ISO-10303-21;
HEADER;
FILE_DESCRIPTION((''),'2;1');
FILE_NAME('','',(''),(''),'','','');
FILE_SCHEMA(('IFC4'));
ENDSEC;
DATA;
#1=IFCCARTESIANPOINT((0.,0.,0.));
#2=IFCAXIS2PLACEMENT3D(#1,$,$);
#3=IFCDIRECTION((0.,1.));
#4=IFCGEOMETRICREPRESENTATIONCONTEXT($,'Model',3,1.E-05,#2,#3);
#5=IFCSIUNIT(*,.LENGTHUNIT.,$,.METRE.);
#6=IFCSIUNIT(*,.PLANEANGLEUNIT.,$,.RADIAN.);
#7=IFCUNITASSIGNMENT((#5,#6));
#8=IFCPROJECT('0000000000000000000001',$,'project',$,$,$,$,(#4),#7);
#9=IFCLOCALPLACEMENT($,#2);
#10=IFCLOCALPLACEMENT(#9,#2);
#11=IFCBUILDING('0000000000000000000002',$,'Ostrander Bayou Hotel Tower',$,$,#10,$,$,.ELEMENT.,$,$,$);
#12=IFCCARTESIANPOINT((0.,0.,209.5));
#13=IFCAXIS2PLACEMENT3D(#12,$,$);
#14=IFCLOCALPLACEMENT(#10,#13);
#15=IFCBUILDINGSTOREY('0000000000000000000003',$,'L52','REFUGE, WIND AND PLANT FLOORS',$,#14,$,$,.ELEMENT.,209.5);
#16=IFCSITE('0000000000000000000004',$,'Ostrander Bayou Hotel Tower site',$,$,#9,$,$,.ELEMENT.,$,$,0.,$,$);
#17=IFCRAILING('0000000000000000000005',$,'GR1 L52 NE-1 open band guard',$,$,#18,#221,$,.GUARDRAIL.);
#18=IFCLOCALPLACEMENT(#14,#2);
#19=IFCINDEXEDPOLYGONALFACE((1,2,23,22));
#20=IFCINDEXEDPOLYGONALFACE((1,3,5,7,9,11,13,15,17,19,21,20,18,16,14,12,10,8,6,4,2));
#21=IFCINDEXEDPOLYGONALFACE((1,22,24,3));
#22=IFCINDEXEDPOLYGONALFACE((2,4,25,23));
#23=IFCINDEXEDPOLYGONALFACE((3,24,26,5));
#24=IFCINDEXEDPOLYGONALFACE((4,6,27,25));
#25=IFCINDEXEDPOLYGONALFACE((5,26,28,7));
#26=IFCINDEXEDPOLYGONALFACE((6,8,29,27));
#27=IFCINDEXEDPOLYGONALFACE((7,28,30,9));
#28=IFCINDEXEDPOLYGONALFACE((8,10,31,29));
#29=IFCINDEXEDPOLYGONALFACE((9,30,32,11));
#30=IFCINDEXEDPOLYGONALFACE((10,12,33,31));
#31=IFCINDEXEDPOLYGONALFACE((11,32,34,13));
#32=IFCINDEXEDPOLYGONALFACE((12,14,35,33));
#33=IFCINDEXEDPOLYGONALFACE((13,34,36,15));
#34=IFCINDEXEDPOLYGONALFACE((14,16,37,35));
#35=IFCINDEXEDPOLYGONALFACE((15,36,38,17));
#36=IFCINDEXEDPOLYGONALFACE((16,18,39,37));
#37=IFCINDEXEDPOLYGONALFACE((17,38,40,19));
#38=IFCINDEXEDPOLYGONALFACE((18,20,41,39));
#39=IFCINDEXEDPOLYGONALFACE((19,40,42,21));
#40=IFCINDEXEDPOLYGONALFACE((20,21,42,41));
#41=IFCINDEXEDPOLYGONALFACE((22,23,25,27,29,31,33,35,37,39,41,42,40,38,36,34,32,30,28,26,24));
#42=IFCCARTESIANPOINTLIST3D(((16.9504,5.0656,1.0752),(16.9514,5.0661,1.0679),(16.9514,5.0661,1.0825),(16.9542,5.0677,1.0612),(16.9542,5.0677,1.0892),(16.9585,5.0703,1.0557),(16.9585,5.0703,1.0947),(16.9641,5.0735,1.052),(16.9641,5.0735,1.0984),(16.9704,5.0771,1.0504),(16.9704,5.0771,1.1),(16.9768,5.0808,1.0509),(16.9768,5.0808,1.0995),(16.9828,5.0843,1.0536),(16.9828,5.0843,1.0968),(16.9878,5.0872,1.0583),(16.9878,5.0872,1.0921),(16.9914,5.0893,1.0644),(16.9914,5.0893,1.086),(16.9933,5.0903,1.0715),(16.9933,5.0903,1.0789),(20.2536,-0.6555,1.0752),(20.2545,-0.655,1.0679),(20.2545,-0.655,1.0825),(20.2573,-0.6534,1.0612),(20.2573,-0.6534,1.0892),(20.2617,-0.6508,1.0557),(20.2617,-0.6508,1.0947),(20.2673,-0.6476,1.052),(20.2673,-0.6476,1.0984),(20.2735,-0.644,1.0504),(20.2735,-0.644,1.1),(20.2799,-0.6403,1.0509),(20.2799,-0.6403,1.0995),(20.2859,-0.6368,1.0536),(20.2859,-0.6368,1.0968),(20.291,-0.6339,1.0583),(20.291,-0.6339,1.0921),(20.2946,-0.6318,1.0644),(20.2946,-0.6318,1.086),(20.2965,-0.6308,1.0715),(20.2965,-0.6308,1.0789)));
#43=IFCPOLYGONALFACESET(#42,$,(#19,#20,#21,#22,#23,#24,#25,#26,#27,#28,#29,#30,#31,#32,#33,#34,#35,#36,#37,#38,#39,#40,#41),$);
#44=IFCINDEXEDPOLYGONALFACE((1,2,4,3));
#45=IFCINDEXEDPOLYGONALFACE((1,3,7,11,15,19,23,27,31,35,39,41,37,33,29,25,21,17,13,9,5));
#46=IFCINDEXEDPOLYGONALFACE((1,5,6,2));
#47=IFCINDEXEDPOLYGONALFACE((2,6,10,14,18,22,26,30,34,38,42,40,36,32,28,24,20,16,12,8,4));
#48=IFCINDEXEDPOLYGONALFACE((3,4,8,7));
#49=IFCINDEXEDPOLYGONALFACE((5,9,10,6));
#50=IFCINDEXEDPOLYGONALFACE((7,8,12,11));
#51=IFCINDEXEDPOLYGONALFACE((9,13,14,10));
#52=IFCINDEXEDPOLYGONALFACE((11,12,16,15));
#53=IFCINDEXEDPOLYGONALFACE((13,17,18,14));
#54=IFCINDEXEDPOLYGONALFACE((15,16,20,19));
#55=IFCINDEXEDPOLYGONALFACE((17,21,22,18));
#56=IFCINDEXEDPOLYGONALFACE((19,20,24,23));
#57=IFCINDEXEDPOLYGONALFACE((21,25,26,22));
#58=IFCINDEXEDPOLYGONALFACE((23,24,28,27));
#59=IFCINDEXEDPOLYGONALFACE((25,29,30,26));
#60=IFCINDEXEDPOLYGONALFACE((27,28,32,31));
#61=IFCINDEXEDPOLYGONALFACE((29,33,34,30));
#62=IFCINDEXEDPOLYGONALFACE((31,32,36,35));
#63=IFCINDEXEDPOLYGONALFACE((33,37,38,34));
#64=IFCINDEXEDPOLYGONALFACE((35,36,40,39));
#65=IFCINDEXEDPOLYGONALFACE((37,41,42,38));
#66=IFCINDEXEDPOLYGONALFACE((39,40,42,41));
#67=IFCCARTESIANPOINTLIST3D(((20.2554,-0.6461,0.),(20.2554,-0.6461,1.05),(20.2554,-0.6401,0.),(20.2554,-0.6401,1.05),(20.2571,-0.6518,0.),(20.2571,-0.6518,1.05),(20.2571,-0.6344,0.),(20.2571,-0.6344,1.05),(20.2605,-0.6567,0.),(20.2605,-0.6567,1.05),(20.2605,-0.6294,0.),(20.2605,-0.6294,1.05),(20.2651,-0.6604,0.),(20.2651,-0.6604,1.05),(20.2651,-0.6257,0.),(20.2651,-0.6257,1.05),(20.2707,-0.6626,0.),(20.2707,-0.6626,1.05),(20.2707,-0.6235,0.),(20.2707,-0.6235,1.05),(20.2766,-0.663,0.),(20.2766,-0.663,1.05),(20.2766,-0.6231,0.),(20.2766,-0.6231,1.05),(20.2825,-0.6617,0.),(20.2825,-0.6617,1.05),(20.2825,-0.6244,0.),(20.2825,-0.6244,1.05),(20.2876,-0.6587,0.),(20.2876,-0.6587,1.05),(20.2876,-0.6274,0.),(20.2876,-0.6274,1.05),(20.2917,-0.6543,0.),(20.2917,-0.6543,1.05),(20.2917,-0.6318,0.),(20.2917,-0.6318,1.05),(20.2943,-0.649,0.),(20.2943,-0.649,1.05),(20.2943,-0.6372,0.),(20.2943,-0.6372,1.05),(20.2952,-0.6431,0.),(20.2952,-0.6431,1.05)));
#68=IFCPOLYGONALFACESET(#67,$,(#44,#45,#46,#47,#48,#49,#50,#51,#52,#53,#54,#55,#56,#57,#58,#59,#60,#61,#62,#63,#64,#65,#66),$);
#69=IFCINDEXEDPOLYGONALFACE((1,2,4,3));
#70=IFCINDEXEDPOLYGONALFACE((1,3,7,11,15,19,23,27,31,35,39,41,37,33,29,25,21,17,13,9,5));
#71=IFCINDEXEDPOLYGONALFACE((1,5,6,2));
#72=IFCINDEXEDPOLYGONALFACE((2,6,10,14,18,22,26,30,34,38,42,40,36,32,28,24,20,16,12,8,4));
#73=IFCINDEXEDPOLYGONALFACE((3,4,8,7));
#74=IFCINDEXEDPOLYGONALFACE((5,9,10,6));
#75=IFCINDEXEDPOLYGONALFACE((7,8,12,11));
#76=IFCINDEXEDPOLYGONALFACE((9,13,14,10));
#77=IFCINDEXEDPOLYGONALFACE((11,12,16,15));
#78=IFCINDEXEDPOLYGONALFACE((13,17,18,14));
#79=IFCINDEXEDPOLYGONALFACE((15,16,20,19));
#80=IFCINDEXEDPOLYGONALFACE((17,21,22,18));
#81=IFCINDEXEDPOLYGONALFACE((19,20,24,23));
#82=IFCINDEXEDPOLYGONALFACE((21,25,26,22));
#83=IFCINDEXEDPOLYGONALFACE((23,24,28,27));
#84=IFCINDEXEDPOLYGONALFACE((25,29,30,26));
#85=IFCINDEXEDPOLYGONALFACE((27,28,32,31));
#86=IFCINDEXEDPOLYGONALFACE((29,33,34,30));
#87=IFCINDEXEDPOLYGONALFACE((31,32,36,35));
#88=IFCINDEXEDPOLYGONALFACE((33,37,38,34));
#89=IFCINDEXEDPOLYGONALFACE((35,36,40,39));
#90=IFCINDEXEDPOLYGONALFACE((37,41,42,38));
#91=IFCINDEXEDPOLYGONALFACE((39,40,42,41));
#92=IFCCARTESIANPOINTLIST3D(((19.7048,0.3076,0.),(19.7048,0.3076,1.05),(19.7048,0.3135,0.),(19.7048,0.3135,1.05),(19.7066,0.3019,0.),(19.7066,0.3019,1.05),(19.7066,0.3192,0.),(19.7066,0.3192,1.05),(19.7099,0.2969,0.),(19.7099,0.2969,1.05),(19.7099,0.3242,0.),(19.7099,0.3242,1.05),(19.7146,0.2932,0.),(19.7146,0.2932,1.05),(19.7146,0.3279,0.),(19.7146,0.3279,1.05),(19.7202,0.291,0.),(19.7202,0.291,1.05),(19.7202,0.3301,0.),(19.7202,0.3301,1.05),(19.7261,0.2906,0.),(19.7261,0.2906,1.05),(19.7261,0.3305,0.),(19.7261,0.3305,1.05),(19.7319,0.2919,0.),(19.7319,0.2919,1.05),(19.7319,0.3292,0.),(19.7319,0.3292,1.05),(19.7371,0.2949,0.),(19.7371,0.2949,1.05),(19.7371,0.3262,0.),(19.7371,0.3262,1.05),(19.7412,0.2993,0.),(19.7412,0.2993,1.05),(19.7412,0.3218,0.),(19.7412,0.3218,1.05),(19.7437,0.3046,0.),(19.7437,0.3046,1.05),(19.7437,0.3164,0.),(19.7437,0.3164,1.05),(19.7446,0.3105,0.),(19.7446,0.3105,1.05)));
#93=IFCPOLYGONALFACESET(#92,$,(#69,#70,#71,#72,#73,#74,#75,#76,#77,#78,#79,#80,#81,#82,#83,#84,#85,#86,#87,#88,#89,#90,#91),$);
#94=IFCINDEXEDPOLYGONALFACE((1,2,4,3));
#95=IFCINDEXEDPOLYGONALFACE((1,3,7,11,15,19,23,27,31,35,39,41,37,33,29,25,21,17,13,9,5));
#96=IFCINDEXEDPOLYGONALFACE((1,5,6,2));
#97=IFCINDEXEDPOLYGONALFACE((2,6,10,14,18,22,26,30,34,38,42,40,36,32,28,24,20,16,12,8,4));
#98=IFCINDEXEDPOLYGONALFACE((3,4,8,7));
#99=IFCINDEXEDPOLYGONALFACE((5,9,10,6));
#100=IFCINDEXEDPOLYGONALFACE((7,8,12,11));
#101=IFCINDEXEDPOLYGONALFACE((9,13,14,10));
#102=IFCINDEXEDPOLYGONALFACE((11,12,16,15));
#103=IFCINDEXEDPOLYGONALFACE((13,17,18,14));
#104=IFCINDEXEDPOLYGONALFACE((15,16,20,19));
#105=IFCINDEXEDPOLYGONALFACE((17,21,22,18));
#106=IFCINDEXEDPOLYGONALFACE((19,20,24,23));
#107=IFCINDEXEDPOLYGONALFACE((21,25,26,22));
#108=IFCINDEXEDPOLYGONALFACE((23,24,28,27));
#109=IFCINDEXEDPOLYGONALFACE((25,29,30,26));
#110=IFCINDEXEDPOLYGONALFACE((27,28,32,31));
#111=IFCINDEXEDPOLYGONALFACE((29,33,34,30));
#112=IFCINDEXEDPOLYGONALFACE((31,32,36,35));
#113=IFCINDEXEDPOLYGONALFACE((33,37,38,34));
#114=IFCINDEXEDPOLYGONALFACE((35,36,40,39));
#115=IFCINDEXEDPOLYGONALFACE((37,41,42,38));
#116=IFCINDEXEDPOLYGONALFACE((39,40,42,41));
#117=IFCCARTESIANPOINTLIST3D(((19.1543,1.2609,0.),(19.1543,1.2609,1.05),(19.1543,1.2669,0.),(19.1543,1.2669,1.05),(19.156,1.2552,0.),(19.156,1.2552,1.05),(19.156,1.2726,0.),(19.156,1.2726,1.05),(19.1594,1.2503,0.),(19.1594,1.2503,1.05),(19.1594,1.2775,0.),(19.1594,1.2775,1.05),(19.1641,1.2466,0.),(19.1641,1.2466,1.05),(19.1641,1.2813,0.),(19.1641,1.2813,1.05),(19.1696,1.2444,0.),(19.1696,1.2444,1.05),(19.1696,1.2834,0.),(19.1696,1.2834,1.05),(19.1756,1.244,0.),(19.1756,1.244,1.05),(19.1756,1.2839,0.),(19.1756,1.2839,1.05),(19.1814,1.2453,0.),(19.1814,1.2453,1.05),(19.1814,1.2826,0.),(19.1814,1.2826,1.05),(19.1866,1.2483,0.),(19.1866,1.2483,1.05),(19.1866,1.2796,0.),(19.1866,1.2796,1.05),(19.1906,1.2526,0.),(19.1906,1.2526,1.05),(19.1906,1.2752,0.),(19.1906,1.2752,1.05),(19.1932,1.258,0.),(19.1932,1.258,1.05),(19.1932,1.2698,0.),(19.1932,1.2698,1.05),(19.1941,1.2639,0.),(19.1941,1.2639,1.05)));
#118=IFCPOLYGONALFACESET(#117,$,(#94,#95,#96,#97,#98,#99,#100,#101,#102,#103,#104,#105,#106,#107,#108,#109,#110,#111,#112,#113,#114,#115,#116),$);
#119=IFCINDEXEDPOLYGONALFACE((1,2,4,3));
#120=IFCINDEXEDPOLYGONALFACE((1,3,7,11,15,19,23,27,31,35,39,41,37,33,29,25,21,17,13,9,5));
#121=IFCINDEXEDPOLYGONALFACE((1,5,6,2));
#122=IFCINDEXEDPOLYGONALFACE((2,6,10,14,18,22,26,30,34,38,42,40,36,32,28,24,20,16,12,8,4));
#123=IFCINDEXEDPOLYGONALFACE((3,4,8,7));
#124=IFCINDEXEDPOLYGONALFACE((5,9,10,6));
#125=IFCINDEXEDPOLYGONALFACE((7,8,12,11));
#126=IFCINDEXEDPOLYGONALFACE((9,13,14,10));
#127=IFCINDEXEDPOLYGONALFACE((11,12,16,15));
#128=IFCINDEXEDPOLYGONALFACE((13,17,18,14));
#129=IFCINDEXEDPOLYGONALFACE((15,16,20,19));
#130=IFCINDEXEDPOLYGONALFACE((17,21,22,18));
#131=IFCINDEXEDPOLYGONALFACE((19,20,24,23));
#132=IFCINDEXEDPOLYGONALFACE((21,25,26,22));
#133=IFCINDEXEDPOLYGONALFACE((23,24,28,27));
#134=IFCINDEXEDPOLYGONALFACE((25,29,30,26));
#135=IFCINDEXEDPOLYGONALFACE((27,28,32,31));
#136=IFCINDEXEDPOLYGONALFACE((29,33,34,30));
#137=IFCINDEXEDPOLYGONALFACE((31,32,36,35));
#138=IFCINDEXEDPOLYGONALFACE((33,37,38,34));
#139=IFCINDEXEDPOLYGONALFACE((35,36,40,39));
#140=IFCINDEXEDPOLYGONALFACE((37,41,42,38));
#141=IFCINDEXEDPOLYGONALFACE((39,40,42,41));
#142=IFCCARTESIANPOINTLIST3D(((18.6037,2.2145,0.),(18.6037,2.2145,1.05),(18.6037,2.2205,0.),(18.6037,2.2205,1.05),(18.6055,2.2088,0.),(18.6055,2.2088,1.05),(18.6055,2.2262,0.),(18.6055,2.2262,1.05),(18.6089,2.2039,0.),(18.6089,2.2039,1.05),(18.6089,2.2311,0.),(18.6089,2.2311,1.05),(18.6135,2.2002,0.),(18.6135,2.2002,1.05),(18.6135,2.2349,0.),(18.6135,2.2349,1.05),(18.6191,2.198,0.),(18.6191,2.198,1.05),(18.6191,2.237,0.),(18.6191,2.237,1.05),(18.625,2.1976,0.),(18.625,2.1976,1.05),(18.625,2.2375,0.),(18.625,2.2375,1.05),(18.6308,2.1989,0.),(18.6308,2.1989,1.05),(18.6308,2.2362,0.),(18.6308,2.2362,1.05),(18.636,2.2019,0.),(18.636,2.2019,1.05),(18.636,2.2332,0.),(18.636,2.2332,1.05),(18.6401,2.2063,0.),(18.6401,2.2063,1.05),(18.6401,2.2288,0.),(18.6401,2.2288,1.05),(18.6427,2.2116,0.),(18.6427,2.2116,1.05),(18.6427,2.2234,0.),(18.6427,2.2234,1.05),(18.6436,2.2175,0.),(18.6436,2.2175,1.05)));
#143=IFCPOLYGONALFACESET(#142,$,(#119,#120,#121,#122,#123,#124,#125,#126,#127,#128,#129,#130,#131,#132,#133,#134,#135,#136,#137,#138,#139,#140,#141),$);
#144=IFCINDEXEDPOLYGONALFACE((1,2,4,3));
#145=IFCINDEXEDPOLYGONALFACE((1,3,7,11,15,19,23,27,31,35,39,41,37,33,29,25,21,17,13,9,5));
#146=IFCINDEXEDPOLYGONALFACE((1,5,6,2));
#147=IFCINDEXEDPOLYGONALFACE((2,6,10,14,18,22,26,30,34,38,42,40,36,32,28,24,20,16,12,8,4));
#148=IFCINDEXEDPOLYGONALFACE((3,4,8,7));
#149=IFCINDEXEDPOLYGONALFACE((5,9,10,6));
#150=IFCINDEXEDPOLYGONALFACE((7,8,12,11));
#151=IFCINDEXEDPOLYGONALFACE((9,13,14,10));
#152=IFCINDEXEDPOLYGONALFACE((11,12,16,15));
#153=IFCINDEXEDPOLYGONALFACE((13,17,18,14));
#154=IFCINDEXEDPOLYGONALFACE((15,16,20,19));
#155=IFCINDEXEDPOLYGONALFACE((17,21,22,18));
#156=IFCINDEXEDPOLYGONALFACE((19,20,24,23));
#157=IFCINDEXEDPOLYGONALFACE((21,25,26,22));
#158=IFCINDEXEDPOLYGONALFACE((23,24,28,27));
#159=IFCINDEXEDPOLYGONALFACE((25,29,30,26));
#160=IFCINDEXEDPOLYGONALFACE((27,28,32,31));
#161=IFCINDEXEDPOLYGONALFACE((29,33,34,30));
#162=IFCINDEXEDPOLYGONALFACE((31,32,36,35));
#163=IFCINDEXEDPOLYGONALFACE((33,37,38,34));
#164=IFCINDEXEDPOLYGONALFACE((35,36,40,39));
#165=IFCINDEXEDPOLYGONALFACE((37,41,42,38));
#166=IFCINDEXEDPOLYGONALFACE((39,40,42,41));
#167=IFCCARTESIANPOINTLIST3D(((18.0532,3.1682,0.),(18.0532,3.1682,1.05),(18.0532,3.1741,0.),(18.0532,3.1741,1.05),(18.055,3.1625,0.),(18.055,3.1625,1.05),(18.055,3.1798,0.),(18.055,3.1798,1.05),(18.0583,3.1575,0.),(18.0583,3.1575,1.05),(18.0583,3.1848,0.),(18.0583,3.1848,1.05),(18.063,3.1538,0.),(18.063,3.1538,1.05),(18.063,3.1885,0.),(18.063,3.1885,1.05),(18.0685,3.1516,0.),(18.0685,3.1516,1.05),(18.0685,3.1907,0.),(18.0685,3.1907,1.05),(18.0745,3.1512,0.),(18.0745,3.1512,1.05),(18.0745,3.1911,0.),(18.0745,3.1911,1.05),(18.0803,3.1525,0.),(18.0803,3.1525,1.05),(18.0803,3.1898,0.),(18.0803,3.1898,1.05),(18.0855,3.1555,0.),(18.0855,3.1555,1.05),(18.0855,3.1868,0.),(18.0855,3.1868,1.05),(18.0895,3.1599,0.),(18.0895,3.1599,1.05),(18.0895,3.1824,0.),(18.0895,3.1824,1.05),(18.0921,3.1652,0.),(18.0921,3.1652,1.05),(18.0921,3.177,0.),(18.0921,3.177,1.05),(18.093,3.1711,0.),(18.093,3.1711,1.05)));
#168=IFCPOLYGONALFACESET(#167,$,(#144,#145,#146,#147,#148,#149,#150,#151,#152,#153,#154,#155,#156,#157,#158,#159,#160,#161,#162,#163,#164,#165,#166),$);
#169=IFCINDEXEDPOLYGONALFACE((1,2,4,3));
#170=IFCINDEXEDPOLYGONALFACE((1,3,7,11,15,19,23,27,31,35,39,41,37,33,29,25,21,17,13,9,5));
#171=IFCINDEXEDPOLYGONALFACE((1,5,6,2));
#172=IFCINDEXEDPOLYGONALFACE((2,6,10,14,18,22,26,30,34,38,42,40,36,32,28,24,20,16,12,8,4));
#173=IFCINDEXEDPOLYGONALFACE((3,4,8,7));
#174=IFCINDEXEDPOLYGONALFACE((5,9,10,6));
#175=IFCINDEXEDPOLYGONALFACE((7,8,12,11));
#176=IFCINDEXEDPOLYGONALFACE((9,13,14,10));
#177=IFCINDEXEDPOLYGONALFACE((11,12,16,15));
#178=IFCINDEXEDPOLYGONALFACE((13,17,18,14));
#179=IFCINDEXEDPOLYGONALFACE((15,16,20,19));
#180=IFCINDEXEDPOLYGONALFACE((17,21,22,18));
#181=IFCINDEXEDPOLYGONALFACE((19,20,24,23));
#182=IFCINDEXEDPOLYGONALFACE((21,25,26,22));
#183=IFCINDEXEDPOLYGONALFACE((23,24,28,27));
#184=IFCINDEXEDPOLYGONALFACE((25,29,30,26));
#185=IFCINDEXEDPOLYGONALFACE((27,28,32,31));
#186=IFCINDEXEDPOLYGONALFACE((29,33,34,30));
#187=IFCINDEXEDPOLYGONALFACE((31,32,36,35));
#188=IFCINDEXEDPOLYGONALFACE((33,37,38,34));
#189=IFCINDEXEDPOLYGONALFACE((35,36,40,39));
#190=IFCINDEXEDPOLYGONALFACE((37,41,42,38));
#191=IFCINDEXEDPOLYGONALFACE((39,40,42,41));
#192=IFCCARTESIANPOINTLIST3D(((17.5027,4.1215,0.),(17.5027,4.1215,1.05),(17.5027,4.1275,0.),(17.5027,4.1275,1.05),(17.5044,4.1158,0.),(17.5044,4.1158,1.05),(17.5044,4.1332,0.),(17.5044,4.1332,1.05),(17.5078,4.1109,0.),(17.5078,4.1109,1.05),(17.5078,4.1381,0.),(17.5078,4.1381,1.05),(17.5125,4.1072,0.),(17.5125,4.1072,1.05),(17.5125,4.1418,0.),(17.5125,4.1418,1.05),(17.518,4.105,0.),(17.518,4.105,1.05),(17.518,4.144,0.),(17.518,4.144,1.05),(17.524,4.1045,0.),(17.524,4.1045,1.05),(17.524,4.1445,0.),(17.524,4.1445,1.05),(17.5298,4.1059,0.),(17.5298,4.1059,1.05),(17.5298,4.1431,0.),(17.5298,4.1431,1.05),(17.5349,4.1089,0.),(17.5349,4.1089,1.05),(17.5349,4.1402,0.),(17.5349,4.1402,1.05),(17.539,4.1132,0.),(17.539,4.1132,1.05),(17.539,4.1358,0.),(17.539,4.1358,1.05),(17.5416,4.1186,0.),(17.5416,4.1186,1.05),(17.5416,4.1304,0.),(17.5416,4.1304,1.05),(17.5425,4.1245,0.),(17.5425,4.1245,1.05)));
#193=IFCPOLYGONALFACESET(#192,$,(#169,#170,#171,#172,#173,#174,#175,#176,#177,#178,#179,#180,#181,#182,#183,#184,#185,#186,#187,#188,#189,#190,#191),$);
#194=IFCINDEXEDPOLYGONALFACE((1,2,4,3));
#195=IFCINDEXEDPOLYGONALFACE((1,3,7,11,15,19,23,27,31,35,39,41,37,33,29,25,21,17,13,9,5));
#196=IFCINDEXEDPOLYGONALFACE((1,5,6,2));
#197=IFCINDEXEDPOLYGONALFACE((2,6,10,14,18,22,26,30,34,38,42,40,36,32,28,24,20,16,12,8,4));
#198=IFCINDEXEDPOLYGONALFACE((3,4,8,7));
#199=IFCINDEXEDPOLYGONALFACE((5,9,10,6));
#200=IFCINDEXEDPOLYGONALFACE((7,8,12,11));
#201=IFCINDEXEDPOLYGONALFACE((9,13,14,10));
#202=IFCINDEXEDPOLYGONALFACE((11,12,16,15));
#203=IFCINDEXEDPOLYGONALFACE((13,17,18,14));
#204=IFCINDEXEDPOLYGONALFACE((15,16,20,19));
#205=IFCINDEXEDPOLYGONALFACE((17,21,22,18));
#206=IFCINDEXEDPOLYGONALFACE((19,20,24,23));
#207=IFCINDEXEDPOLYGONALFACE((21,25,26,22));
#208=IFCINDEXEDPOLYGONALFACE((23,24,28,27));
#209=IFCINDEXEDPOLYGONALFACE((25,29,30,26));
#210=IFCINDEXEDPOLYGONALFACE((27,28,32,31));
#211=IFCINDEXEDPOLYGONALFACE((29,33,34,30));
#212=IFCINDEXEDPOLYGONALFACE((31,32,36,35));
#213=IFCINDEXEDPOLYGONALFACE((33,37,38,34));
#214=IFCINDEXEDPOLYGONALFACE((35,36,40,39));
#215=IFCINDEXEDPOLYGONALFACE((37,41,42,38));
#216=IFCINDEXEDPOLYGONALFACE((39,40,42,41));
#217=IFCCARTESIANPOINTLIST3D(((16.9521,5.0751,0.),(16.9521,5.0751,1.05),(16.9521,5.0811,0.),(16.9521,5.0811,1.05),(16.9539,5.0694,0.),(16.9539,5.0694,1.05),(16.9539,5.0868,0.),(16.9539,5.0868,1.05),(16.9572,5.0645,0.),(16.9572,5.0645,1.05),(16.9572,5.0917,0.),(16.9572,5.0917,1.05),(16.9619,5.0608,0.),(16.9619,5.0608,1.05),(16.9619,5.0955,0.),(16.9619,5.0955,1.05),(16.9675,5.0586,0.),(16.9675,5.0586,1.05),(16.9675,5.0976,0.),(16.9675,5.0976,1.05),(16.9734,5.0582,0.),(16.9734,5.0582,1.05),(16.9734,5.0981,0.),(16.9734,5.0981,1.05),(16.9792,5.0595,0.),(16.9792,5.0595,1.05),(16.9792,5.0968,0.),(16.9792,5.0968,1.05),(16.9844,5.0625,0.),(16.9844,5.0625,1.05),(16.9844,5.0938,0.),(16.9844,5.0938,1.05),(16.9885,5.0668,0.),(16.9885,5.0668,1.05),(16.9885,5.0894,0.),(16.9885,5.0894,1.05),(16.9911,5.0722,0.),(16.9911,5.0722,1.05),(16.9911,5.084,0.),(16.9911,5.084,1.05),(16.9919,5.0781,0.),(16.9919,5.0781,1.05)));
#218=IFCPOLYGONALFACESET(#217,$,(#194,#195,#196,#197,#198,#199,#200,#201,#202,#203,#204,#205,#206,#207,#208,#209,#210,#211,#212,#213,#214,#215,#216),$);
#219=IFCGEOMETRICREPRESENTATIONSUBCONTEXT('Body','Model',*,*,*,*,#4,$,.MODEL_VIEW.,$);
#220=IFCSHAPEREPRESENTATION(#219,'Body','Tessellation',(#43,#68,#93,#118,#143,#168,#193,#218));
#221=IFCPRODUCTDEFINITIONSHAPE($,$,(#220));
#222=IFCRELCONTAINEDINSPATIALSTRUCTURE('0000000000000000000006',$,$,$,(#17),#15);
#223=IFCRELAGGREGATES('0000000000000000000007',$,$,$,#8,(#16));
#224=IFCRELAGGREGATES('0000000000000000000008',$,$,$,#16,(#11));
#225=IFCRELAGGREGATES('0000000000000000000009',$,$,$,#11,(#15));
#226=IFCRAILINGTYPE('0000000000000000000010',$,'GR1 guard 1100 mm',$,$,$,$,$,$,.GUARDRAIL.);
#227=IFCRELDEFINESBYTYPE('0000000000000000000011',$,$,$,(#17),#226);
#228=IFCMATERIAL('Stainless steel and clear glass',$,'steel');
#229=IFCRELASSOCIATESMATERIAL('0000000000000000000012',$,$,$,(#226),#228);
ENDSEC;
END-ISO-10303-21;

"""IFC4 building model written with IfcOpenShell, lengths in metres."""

from ifc_helpers import new_model, si_unit, direction, frame, origin, origin_2d, place, context, subcontext, project, spatial, circle, extrude, material, type_object, element, save


model = new_model("IFC4")

# Units and contexts
model_context = context("Model", 3, precision=1e-05, world=origin(), true_north=direction((0.0, 1.0)))
body_context = subcontext(model_context, "Body", "Model", "MODEL_VIEW")
ifc_project = project(units=[si_unit("LENGTHUNIT", "METRE"), si_unit("PLANEANGLEUNIT", "RADIAN")], contexts=[model_context])

# Site, building, storey
site_placement = place(None, origin())
site = spatial("IfcSite", under=ifc_project, at=site_placement, Name="Ostrander Bayou Hotel Tower site", CompositionType="ELEMENT", RefElevation=0.0)
building_placement = place(site_placement, origin())
building = spatial("IfcBuilding", under=site, at=building_placement, Name="Ostrander Bayou Hotel Tower", CompositionType="ELEMENT")
storey_placement = place(building_placement, frame((0.0, 0.0, 209.5)))
storey = spatial("IfcBuildingStorey", under=building, at=storey_placement, Name="L52", Description="REFUGE, WIND AND PLANT FLOORS", CompositionType="ELEMENT", Elevation=209.5)

# Railing
ifc_material_1 = material(Name="Stainless steel and clear glass", Category="steel")
railing_type = type_object("IfcRailingType", Name="GR1 guard 1100 mm", PredefinedType="GUARDRAIL", material=ifc_material_1)
railing_1_placement = place(storey_placement, frame((20.2751, -0.6431, 0.0)))
element("IfcRailing", 1, at=railing_1_placement, inside=storey, type_object=railing_type, Name="GR1 L52 NE-1 open band guard", PredefinedType="GUARDRAIL", context=body_context, shape_type="SweptSolid", body=[
    extrude(circle(Radius=0.0249, at=origin_2d()), frame((0.0, 0.0, 1.0752), z_axis=(-0.50001, 0.866019, 0.0), x_axis=(-0.866019, -0.50001, 0.0)), (0.0, 0.0, 1.0), 6.6062),
    extrude(circle(Radius=0.02, at=origin_2d()), origin(), (0.0, 0.0, 1.0), 1.05),
    extrude(circle(Radius=0.02, at=origin_2d()), frame((-0.5505, 0.9536, 0.0)), (0.0, 0.0, 1.0), 1.05),
    extrude(circle(Radius=0.02, at=origin_2d()), frame((-1.1011, 1.907, 0.0)), (0.0, 0.0, 1.0), 1.05),
    extrude(circle(Radius=0.02, at=origin_2d()), frame((-1.6516, 2.8606, 0.0)), (0.0, 0.0, 1.0), 1.05),
    extrude(circle(Radius=0.02, at=origin_2d()), frame((-2.2021, 3.8142, 0.0)), (0.0, 0.0, 1.0), 1.05),
    extrude(circle(Radius=0.02, at=origin_2d()), frame((-2.7527, 4.7676, 0.0)), (0.0, 0.0, 1.0), 1.05),
    extrude(circle(Radius=0.02, at=origin_2d()), frame((-3.3032, 5.7212, 0.0)), (0.0, 0.0, 1.0), 1.05),
])

save(model, "model.ifc")
